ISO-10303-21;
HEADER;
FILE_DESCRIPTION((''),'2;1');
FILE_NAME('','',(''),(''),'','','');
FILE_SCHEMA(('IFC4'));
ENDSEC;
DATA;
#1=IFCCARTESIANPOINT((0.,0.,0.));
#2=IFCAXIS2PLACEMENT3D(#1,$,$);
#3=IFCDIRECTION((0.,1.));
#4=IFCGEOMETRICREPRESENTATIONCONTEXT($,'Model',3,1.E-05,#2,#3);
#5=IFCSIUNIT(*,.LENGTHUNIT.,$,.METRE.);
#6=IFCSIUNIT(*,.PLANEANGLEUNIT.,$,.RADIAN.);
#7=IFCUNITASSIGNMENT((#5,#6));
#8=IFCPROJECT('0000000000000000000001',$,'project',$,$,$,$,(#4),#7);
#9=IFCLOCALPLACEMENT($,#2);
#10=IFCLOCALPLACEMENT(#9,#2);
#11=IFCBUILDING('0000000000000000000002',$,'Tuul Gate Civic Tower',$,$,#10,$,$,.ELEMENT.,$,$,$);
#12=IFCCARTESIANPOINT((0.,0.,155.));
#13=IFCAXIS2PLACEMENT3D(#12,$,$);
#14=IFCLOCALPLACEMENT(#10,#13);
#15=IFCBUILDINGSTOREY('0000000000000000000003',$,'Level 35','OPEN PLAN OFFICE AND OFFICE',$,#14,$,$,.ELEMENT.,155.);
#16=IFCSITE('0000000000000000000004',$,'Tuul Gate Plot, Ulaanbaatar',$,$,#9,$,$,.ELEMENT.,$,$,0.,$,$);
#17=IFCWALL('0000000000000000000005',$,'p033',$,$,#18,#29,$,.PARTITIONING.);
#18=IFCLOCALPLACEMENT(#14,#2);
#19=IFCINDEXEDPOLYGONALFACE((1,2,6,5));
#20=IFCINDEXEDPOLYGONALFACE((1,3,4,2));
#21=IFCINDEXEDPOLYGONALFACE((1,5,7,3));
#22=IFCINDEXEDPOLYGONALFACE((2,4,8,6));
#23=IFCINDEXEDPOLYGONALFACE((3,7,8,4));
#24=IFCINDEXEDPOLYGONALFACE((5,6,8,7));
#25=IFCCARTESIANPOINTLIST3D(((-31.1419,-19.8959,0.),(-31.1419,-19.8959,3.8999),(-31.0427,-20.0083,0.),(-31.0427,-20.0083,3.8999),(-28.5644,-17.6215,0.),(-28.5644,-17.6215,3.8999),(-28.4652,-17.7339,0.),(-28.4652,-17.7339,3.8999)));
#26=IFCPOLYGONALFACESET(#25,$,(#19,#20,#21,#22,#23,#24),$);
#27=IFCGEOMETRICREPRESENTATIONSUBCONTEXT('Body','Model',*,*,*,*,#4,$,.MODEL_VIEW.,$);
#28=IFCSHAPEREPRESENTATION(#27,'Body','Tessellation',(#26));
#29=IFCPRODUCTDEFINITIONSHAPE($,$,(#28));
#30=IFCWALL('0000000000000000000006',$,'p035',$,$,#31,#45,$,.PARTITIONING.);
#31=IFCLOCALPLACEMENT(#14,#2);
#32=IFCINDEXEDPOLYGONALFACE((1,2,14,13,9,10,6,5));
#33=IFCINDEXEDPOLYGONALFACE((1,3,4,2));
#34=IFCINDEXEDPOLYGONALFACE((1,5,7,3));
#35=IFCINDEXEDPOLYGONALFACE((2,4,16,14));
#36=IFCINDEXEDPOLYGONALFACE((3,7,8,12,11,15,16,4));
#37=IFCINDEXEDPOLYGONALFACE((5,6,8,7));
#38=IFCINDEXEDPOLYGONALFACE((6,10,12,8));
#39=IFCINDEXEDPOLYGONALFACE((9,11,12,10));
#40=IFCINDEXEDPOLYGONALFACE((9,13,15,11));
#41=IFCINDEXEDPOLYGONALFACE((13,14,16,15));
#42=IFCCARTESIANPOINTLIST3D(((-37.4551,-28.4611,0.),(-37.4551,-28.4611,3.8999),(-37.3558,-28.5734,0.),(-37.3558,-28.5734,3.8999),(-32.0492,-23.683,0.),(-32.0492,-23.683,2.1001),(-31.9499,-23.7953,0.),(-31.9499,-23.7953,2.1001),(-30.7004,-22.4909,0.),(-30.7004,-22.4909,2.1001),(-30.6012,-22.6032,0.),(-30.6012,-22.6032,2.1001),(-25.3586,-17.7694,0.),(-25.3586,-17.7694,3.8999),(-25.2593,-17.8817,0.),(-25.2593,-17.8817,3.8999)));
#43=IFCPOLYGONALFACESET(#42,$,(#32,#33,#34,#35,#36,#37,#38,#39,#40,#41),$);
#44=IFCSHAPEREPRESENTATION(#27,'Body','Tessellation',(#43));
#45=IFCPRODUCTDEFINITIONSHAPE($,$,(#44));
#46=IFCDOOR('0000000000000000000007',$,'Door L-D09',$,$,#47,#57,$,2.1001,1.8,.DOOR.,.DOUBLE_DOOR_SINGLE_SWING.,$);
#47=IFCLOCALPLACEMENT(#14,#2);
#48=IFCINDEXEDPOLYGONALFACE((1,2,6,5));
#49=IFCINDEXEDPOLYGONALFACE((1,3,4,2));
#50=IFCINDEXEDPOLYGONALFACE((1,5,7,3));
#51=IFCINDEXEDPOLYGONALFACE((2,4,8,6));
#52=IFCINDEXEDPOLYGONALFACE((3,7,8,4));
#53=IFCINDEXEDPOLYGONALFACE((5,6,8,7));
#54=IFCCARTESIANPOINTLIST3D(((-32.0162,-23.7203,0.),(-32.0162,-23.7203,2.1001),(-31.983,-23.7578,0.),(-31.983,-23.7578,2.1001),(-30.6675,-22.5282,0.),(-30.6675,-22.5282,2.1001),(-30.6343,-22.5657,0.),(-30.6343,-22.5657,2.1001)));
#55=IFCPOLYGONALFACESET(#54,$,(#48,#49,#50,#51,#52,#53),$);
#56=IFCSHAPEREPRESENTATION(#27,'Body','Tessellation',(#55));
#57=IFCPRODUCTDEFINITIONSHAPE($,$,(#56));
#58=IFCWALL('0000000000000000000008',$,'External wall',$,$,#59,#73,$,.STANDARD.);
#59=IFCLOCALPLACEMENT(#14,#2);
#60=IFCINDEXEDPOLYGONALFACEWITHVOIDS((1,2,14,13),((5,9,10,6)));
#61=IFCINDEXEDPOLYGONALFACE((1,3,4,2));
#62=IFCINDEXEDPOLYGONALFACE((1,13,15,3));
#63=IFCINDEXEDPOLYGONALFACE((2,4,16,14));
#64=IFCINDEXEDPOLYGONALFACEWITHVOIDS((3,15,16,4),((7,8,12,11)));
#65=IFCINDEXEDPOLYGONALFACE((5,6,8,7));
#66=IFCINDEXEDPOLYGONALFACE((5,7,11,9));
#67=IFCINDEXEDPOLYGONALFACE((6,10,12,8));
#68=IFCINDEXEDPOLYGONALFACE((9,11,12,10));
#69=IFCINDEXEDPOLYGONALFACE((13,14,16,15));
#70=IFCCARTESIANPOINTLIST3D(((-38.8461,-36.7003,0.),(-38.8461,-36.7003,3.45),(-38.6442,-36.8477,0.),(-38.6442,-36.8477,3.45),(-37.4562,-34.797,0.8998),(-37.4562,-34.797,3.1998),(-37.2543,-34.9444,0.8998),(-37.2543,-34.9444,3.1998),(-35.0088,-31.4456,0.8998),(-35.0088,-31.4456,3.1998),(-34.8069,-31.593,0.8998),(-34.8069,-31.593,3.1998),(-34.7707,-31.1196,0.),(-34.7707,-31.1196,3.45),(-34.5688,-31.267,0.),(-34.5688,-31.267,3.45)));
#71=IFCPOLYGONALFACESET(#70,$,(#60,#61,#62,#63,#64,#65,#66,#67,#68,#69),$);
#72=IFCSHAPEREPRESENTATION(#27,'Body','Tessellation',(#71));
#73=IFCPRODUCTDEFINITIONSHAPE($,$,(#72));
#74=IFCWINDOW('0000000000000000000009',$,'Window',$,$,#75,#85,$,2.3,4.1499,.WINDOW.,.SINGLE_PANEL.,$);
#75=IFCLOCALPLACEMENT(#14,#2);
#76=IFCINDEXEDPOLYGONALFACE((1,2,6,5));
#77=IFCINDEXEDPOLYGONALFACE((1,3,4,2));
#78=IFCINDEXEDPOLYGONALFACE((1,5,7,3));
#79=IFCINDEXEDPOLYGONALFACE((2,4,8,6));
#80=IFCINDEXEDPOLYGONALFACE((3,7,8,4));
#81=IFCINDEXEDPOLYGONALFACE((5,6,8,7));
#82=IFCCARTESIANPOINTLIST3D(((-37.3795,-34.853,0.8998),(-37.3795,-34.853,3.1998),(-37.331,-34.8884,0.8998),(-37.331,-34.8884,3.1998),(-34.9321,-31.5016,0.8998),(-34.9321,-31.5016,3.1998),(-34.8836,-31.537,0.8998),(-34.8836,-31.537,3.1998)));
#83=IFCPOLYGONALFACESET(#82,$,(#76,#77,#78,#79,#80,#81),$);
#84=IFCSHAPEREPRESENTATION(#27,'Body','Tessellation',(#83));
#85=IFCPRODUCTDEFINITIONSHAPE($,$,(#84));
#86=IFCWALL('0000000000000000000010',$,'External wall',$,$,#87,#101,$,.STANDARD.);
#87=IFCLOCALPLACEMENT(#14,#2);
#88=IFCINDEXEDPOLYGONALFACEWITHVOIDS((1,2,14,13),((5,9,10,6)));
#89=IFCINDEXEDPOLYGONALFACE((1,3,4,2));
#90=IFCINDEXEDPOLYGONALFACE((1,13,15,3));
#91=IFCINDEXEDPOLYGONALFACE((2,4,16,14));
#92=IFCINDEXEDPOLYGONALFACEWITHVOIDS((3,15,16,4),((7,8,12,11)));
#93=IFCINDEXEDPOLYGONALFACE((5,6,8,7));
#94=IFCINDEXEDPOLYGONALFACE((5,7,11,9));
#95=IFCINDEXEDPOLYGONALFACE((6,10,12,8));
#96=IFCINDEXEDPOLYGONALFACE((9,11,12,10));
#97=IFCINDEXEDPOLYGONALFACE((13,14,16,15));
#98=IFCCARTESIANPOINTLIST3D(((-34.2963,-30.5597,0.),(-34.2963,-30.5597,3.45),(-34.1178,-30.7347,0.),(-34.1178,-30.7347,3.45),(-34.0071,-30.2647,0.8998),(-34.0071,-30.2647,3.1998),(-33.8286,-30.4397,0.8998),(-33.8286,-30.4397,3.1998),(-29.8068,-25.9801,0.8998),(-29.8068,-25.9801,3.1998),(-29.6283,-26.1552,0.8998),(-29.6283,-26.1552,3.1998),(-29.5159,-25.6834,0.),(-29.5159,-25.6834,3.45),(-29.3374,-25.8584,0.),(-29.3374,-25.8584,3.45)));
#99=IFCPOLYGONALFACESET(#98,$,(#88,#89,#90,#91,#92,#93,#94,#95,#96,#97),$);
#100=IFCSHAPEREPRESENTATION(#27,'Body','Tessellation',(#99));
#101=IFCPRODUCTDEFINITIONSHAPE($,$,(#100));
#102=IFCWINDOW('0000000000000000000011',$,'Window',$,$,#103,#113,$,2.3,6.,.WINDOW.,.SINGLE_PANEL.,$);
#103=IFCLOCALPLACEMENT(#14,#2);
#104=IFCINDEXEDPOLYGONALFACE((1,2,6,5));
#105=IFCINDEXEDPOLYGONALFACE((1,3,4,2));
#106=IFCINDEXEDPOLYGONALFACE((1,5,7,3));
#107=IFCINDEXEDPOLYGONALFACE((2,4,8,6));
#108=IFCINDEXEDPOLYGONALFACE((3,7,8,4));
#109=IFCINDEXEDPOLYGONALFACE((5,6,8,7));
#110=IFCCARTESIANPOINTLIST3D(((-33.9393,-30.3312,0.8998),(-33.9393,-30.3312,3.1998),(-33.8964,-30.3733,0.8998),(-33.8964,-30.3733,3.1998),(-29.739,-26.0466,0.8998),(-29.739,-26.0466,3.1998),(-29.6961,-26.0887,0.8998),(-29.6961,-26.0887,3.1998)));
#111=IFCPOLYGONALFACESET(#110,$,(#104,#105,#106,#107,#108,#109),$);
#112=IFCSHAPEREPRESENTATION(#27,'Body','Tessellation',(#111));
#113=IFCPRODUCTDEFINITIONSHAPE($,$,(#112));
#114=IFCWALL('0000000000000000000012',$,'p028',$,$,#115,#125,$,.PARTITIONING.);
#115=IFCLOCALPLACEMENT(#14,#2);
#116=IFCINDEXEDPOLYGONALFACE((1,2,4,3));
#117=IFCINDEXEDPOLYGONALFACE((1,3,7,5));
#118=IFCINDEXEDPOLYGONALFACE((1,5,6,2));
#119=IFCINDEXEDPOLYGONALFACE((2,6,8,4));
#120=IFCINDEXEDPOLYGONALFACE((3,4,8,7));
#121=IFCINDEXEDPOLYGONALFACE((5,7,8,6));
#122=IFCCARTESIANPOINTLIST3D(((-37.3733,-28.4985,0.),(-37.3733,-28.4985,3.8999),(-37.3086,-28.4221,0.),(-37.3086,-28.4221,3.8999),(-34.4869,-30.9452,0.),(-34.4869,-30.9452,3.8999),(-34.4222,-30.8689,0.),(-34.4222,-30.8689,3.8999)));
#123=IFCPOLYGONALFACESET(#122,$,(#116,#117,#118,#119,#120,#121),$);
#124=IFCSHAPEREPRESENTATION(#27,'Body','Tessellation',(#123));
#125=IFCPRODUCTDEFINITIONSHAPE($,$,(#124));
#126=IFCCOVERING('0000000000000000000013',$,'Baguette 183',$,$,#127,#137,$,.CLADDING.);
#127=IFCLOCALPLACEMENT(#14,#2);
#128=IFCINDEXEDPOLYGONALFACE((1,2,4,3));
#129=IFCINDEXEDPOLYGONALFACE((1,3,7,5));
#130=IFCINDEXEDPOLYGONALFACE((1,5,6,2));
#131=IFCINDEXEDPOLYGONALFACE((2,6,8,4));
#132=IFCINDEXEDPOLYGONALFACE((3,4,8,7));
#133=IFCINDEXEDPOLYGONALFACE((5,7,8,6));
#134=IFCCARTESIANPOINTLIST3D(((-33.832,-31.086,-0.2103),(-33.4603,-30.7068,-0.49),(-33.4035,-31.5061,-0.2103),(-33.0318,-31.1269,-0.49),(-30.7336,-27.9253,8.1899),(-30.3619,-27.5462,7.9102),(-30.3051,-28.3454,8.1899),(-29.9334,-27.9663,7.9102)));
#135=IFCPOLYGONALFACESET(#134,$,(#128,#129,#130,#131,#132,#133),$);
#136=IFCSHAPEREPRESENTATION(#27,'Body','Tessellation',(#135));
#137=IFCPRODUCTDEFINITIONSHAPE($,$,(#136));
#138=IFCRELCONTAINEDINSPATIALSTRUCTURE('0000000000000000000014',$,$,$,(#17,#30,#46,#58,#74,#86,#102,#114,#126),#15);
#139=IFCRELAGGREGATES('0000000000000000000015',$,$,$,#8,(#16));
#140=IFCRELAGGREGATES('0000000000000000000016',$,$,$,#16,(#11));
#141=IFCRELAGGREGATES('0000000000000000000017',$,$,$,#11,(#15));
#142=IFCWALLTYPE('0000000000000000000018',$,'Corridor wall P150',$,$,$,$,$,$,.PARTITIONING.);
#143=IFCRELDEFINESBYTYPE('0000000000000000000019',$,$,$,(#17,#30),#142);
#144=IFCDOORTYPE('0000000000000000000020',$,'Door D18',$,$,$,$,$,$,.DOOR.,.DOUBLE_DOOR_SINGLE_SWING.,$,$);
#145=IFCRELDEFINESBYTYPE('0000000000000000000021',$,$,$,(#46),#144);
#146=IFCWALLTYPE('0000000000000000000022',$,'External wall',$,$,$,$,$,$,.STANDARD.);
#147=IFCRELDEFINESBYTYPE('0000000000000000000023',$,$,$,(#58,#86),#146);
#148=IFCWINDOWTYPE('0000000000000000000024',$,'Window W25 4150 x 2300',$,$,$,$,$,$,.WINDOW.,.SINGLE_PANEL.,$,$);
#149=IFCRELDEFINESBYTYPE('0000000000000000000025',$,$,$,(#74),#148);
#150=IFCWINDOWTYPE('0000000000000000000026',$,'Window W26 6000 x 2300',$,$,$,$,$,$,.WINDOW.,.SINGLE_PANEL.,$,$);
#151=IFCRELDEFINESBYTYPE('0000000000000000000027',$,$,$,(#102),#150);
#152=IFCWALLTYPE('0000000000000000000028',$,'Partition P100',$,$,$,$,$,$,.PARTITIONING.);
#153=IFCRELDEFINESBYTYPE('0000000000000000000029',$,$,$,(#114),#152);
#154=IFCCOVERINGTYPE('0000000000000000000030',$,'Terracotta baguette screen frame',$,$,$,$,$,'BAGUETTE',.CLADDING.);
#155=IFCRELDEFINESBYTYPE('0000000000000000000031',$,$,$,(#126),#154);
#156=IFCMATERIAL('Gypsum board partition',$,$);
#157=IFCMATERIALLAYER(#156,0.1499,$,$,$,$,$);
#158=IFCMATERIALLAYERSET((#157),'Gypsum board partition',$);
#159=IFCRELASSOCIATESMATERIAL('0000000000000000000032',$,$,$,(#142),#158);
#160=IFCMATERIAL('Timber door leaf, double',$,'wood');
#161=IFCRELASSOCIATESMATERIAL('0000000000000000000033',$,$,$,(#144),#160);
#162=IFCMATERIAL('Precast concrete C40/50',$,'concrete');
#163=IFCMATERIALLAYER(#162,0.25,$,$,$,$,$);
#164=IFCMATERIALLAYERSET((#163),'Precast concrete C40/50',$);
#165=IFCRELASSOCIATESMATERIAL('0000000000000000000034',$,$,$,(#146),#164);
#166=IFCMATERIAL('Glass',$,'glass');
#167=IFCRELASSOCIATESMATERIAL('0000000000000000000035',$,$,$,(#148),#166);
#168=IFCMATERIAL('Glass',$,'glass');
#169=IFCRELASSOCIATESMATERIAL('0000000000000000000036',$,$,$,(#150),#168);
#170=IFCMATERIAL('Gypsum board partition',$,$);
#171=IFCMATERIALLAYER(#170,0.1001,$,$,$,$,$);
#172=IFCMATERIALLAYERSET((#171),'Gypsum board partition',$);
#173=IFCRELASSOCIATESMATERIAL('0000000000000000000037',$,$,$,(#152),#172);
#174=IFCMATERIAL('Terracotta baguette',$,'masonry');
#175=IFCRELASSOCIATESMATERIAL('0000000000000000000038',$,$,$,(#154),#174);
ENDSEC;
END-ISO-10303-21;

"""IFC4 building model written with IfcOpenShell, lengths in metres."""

from ifc_helpers import new_model, si_unit, direction, frame, frame_2d, origin, origin_2d, place, context, subcontext, project, spatial, rectangle, extrude, material, layer, layer_set, material_profile, profile_set, type_object, element, fill, save


model = new_model("IFC4")

# Units and contexts
model_context = context("Model", 3, precision=1e-05, world=origin(), true_north=direction((0.0, 1.0)))
body_context = subcontext(model_context, "Body", "Model", "MODEL_VIEW")
ifc_project = project(units=[si_unit("LENGTHUNIT", "METRE"), si_unit("PLANEANGLEUNIT", "RADIAN")], contexts=[model_context])

# Site, building, storey
site_placement = place(None, origin())
site = spatial("IfcSite", under=ifc_project, at=site_placement, Name="Tuul Gate Plot, Ulaanbaatar", CompositionType="ELEMENT", RefElevation=0.0)
building_placement = place(site_placement, origin())
building = spatial("IfcBuilding", under=site, at=building_placement, Name="Tuul Gate Civic Tower", CompositionType="ELEMENT")
storey_placement = place(building_placement, frame((0.0, 0.0, 155.0)))
storey = spatial("IfcBuildingStorey", under=building, at=storey_placement, Name="Level 35", Description="OPEN PLAN OFFICE AND OFFICE", CompositionType="ELEMENT", Elevation=155.0)

# Wall
ifc_material_1 = material(Name="Gypsum board partition")
ifc_layer_1 = layer(ifc_material_1, 0.1499)
ifc_layer_set_1 = layer_set([ifc_layer_1], Name="Gypsum board partition")
wall_type_1 = type_object("IfcWallType", Name="Corridor wall P150", PredefinedType="PARTITIONING", material=ifc_layer_set_1)
wall_1_placement = place(storey_placement, frame((-31.0923, -19.9521, 0.0), z_axis=(0.0, 0.0, 1.0), x_axis=(0.749803, 0.661662, 0.0)))
element("IfcWall", 1, at=wall_1_placement, inside=storey, type_object=wall_type_1, Name="p033", PredefinedType="PARTITIONING", context=body_context, shape_type="SweptSolid", body=[
    extrude(rectangle(XDim=3.4375, YDim=0.1499, at=frame_2d((1.7188, 0.0))), origin(), (0.0, 0.0, 1.0), 3.8999),
])

# Wall, opening, door
wall_2_placement = place(storey_placement, frame((-37.4055, -28.5173, 0.0), z_axis=(0.0, 0.0, 1.0), x_axis=(0.749274, 0.66226, 0.0)))
wall_2 = element("IfcWall", 2, at=wall_2_placement, inside=storey, type_object=wall_type_1, Name="p035", PredefinedType="PARTITIONING", context=body_context, shape_type="SweptSolid", body=[
    extrude(rectangle(XDim=16.1443, YDim=0.1499, at=frame_2d((8.0723, 0.0))), origin(), (0.0, 0.0, 1.0), 3.8999),
])
opening_1_placement = place(wall_2_placement, frame((7.2151, 0.0, 0.0)))
opening_1 = element("IfcOpeningElement", 3, at=opening_1_placement, cuts=wall_2, PredefinedType="OPENING", context=body_context, shape_type="SweptSolid", body=[
    extrude(rectangle(XDim=1.8, YDim=2.1001, at=frame_2d((0.8999, 1.05))), frame((0.0, 0.085, 0.0), z_axis=(0.0, -1.0, 0.0), x_axis=(1.0, 0.0, 0.0)), (0.0, 0.0, 1.0), 0.1699),
])
ifc_material_2 = material(Name="Timber door leaf, double", Category="wood")
door_type = type_object("IfcDoorType", Name="Door D18", OperationType="DOUBLE_DOOR_SINGLE_SWING", PredefinedType="DOOR", material=ifc_material_2)
door_placement = place(opening_1_placement, frame((1.8, 0.0, 0.0), z_axis=(0.0, 0.0, 1.0), x_axis=(-1.0, 0.0, 0.0)))
door = element("IfcDoor", 4, at=door_placement, inside=storey, type_object=door_type, Name="Door L-D09", OperationType="DOUBLE_DOOR_SINGLE_SWING", OverallHeight=2.1001, OverallWidth=1.8, PredefinedType="DOOR", context=body_context, shape_type="SweptSolid", body=[
    extrude(rectangle(XDim=1.8, YDim=2.1001, at=frame_2d((0.9001, 1.05))), frame((0.0, 0.0249, 0.0), z_axis=(0.0, -1.0, 0.0), x_axis=(1.0, 0.0, 0.0)), (0.0, 0.0, 1.0), 0.05),
])
fill(opening_1, door)

# Walls, openings, windows
ifc_material_3 = material(Name="Precast concrete C40/50", Category="concrete")
ifc_layer_2 = layer(ifc_material_3, 0.25)
ifc_layer_set_2 = layer_set([ifc_layer_2], Name="Precast concrete C40/50")
wall_type_2 = type_object("IfcWallType", Name="External wall", PredefinedType="STANDARD", material=ifc_layer_set_2)
wall_3_placement = place(storey_placement, frame((-38.7451, -36.7739, 0.0), z_axis=(0.0, 0.0, 1.0), x_axis=(0.589748, 0.807587, 0.0)))
wall_3 = element("IfcWall", 5, at=wall_3_placement, inside=storey, type_object=wall_type_2, Name="External wall", PredefinedType="STANDARD", context=body_context, shape_type="SweptSolid", body=[
    extrude(rectangle(XDim=6.9104, YDim=0.25, at=frame_2d((3.4551, 0.0))), origin(), (0.0, 0.0, 1.0), 3.45),
])
opening_2_placement = place(wall_3_placement, frame((2.3567, 0.0, 0.8999)))
opening_2 = element("IfcOpeningElement", 6, at=opening_2_placement, cuts=wall_3, PredefinedType="OPENING", context=body_context, shape_type="SweptSolid", body=[
    extrude(rectangle(XDim=4.1499, YDim=2.3, at=frame_2d((2.075, 1.1499))), frame((0.0, 0.135, 0.0), z_axis=(0.0, -1.0, 0.0), x_axis=(1.0, 0.0, 0.0)), (0.0, 0.0, 1.0), 0.27),
])
ifc_material_4 = material(Name="Glass", Category="glass")
window_type_1 = type_object("IfcWindowType", Name="Window W25 4150 x 2300", PartitioningType="SINGLE_PANEL", PredefinedType="WINDOW", material=ifc_material_4)
window_1_placement = place(opening_2_placement, origin())
window_1 = element("IfcWindow", 7, at=window_1_placement, inside=storey, type_object=window_type_1, Name="Window", OverallHeight=2.3, OverallWidth=4.1499, PartitioningType="SINGLE_PANEL", PredefinedType="WINDOW", context=body_context, shape_type="SweptSolid", body=[
    extrude(rectangle(XDim=4.1499, YDim=2.3, at=frame_2d((2.075, 1.1499))), frame((0.0, 0.03, 0.0), z_axis=(0.0, -1.0, 0.0), x_axis=(1.0, 0.0, 0.0)), (0.0, 0.0, 1.0), 0.0601),
])
fill(opening_2, window_1)
wall_4_placement = place(storey_placement, frame((-34.207, -30.6472, 0.0), z_axis=(0.0, 0.0, 1.0), x_axis=(0.700046, 0.714097, 0.0)))
wall_4 = element("IfcWall", 8, at=wall_4_placement, inside=storey, type_object=wall_type_2, Name="External wall", PredefinedType="STANDARD", context=body_context, shape_type="SweptSolid", body=[
    extrude(rectangle(XDim=6.8286, YDim=0.25, at=frame_2d((3.4143, 0.0))), origin(), (0.0, 0.0, 1.0), 3.45),
])
opening_3_placement = place(wall_4_placement, frame((0.4131, 0.0, 0.8999)))
opening_3 = element("IfcOpeningElement", 9, at=opening_3_placement, cuts=wall_4, PredefinedType="OPENING", context=body_context, shape_type="SweptSolid", body=[
    extrude(rectangle(XDim=6.0, YDim=2.3, at=frame_2d((3.0, 1.1499))), frame((0.0, 0.135, 0.0), z_axis=(0.0, -1.0, 0.0), x_axis=(1.0, 0.0, 0.0)), (0.0, 0.0, 1.0), 0.27),
])
ifc_material_5 = material(Name="Glass", Category="glass")
window_type_2 = type_object("IfcWindowType", Name="Window W26 6000 x 2300", PartitioningType="SINGLE_PANEL", PredefinedType="WINDOW", material=ifc_material_5)
window_2_placement = place(opening_3_placement, origin())
window_2 = element("IfcWindow", 10, at=window_2_placement, inside=storey, type_object=window_type_2, Name="Window", OverallHeight=2.3, OverallWidth=6.0, PartitioningType="SINGLE_PANEL", PredefinedType="WINDOW", context=body_context, shape_type="SweptSolid", body=[
    extrude(rectangle(XDim=6.0, YDim=2.3, at=frame_2d((3.0, 1.1499))), frame((0.0, 0.03, 0.0), z_axis=(0.0, -1.0, 0.0), x_axis=(1.0, 0.0, 0.0)), (0.0, 0.0, 1.0), 0.0601),
])
fill(opening_3, window_2)

# Wall
ifc_material_6 = material(Name="Gypsum board partition")
ifc_layer_3 = layer(ifc_material_6, 0.1001)
ifc_layer_set_3 = layer_set([ifc_layer_3], Name="Gypsum board partition")
wall_type_3 = type_object("IfcWallType", Name="Partition P100", PredefinedType="PARTITIONING", material=ifc_layer_set_3)
wall_5_placement = place(storey_placement, frame((-37.3411, -28.4602, 0.0), z_axis=(0.0, 0.0, 1.0), x_axis=(0.762816, -0.646616, 0.0)))
element("IfcWall", 11, at=wall_5_placement, inside=storey, type_object=wall_type_3, Name="p028", PredefinedType="PARTITIONING", context=body_context, shape_type="SweptSolid", body=[
    extrude(rectangle(XDim=3.7839, YDim=0.1001, at=frame_2d((1.8921, 0.0))), origin(), (0.0, 0.0, 1.0), 3.8999),
])

# Covering
ifc_material_7 = material(Name="Terracotta baguette", Category="masonry")
ifc_material_profile_1 = material_profile(ifc_material_7, rectangle(XDim=0.6001, YDim=0.6001, at=origin_2d()), Name="Terracotta baguette screen frame")
ifc_profile_set_1 = profile_set([ifc_material_profile_1], Name="Terracotta baguette")
covering_type = type_object("IfcCoveringType", Name="Terracotta baguette screen frame", ElementType="BAGUETTE", PredefinedType="CLADDING", material=ifc_profile_set_1)
covering_placement = place(storey_placement, frame((-30.3335, -27.9458, 8.05), z_axis=(-0.326323, -0.33288, -0.884706), x_axis=(0.714105, -0.700039, 0.0)))
element("IfcCovering", 12, at=covering_placement, inside=storey, type_object=covering_type, Name="Baguette 183", PredefinedType="CLADDING", context=body_context, shape_type="SweptSolid", body=[
    extrude(rectangle(XDim=0.6001, YDim=0.6001, at=origin_2d()), origin(), (0.0, 0.0, 1.0), 9.4949),
])

save(model, "model.ifc")
